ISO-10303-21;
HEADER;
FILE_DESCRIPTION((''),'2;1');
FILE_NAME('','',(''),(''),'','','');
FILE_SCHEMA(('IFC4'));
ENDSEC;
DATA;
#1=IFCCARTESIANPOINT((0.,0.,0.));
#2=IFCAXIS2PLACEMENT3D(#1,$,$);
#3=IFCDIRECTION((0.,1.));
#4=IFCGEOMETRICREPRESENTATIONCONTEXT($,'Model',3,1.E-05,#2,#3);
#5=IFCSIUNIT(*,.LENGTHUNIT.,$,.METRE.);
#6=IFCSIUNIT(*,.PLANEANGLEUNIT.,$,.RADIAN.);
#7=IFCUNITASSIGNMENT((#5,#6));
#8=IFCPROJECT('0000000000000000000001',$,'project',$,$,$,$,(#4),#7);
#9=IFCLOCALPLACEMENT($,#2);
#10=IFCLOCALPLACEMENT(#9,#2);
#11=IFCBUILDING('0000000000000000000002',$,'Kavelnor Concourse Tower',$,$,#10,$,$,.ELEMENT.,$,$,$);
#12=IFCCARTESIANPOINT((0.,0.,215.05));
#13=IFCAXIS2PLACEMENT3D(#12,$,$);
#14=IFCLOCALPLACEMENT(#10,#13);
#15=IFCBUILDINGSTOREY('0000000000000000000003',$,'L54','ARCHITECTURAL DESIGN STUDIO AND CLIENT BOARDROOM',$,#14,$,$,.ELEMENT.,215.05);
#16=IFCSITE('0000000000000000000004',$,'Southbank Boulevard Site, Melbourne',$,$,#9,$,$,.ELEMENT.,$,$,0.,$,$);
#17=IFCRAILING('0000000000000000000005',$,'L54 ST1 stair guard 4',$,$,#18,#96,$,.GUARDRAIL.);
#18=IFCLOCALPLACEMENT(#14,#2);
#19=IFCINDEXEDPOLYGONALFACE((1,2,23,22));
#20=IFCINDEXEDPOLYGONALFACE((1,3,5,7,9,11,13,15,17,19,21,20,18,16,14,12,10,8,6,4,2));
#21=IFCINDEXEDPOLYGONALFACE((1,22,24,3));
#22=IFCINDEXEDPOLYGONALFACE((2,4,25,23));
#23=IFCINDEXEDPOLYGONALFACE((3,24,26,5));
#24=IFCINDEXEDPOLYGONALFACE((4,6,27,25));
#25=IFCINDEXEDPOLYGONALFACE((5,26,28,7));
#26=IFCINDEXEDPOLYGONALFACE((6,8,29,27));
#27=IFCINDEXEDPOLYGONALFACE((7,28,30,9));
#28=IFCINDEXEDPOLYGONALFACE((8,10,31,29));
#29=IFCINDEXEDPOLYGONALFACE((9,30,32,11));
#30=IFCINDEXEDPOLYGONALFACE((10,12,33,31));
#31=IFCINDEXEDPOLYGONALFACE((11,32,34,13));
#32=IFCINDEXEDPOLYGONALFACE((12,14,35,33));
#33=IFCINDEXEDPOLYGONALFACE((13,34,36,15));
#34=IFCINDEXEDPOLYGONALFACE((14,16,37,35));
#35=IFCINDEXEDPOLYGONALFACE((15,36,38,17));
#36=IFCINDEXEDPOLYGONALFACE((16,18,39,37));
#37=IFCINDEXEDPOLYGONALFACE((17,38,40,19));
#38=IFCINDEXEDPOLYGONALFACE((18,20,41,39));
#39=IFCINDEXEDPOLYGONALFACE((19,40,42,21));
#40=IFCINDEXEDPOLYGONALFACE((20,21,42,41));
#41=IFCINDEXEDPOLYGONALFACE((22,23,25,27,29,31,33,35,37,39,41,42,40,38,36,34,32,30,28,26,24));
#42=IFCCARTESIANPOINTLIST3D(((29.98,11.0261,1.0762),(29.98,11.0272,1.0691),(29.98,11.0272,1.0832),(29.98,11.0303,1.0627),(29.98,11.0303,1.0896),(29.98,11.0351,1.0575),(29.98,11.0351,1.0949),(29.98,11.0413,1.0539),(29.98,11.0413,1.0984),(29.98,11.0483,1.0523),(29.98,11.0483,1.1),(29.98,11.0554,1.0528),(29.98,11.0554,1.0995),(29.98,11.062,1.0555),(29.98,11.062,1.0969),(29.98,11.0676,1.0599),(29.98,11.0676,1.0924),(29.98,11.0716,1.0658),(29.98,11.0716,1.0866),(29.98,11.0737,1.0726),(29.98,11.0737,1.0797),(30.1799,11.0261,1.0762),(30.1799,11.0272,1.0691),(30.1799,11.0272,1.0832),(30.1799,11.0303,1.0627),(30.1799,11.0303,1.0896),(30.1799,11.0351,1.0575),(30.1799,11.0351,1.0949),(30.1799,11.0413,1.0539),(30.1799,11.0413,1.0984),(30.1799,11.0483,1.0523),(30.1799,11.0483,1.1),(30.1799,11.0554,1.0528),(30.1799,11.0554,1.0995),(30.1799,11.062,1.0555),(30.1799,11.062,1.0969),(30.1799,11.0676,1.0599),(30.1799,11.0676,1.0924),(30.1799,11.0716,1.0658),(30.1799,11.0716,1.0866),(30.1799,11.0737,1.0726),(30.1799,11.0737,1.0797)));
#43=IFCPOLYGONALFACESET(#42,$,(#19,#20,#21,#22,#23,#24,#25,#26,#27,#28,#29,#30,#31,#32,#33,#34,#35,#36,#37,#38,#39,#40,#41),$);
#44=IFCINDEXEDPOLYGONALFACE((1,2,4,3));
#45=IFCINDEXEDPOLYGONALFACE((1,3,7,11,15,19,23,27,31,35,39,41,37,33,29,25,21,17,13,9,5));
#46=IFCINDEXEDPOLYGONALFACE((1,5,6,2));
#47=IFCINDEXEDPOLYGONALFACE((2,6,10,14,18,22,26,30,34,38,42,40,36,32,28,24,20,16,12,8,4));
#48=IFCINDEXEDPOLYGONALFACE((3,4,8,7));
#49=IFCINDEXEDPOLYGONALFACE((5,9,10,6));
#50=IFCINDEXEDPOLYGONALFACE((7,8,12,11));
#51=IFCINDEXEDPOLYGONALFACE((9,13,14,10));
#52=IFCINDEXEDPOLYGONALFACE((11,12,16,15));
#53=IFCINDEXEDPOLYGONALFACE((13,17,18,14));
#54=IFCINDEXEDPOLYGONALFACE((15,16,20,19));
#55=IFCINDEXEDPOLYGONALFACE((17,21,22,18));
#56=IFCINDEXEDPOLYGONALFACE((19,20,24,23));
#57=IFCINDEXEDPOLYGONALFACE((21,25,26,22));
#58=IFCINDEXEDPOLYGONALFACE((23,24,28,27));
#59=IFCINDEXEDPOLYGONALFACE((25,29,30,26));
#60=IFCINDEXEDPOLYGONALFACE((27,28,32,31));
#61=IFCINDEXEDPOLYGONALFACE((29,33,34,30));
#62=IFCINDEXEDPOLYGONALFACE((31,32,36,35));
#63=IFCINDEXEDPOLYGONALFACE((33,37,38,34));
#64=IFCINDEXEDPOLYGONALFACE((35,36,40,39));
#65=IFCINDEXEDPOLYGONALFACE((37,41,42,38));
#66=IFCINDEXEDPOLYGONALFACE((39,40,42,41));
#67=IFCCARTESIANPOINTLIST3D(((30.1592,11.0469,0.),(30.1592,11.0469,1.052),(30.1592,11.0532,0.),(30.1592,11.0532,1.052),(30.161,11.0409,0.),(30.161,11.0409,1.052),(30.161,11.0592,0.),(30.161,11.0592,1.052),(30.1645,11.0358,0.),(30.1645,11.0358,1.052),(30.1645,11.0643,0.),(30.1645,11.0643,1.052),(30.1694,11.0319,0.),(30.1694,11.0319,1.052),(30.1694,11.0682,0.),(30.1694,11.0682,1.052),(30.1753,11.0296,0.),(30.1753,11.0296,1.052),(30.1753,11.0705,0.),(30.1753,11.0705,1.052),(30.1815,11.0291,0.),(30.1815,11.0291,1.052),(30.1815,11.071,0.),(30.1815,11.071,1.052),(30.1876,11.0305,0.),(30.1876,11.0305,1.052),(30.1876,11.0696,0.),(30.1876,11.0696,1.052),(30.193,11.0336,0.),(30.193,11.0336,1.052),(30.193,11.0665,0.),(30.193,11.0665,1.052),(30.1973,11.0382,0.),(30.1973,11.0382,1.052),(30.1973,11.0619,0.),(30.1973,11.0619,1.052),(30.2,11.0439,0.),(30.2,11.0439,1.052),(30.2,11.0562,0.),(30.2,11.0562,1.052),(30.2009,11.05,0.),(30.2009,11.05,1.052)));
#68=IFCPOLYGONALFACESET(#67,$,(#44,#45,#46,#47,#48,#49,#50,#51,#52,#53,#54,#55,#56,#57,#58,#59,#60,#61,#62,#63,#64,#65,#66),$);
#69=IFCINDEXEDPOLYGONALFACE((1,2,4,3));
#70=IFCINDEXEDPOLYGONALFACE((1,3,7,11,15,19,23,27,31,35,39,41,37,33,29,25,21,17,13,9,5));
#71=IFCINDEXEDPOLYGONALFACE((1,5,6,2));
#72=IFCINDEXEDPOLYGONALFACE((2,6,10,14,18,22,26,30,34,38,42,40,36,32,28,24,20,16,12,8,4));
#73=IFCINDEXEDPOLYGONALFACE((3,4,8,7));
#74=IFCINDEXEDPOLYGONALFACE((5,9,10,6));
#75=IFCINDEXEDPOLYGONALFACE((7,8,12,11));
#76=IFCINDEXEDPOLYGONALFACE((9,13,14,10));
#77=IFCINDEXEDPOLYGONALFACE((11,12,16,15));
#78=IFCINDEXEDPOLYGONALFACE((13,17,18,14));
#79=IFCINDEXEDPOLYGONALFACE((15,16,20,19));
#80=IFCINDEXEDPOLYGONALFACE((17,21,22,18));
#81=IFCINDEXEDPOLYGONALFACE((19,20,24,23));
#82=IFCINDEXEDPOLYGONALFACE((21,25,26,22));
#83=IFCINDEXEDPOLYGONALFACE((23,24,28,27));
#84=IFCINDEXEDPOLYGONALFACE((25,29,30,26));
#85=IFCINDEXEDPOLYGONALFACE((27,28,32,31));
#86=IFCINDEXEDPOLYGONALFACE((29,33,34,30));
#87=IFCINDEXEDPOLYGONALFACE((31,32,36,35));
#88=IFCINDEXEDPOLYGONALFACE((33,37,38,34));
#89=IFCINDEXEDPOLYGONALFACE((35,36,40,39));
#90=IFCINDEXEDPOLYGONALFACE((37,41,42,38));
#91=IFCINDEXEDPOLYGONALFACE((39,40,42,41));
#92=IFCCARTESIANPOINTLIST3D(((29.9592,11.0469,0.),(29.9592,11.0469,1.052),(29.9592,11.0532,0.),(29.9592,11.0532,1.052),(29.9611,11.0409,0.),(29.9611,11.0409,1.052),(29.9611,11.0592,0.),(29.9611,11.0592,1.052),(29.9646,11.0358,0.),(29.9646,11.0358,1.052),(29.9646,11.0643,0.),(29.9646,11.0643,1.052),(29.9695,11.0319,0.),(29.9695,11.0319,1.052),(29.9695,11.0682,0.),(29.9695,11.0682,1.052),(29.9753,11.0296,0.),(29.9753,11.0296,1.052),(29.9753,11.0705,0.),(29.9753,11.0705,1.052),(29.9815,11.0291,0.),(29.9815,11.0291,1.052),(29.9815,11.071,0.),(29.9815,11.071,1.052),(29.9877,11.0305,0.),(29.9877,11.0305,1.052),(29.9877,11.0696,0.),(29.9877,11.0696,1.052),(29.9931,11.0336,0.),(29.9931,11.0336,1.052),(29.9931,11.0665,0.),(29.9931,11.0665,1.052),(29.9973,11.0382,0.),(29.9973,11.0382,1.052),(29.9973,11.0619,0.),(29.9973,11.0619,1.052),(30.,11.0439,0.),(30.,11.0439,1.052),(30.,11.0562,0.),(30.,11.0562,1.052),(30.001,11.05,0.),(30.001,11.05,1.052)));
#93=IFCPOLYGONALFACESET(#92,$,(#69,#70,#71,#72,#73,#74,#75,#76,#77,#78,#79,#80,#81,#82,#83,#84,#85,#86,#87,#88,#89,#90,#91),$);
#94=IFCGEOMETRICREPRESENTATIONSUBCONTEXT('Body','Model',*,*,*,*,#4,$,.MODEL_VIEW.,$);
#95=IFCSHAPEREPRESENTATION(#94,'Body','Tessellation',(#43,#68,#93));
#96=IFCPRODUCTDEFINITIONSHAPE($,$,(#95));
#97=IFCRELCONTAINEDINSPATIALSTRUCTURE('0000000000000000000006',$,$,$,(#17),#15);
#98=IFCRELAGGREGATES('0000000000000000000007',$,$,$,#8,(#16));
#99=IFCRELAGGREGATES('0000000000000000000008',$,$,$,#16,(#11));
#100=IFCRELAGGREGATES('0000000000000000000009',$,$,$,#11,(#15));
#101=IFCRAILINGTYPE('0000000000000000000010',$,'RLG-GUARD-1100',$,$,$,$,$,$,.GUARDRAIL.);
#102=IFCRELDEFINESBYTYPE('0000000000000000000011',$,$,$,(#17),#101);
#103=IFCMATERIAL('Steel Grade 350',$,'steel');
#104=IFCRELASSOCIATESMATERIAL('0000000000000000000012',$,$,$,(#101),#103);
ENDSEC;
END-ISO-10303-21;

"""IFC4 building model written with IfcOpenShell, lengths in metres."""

from ifc_helpers import new_model, si_unit, direction, frame, origin, origin_2d, place, context, subcontext, project, spatial, circle, extrude, material, type_object, element, save


model = new_model("IFC4")

# Units and contexts
model_context = context("Model", 3, precision=1e-05, world=origin(), true_north=direction((0.0, 1.0)))
body_context = subcontext(model_context, "Body", "Model", "MODEL_VIEW")
ifc_project = project(units=[si_unit("LENGTHUNIT", "METRE"), si_unit("PLANEANGLEUNIT", "RADIAN")], contexts=[model_context])

# Site, building, storey
site_placement = place(None, origin())
site = spatial("IfcSite", under=ifc_project, at=site_placement, Name="Southbank Boulevard Site, Melbourne", CompositionType="ELEMENT", RefElevation=0.0)
building_placement = place(site_placement, origin())
building = spatial("IfcBuilding", under=site, at=building_placement, Name="Kavelnor Concourse Tower", CompositionType="ELEMENT")
storey_placement = place(building_placement, frame((0.0, 0.0, 215.05)))
storey = spatial("IfcBuildingStorey", under=building, at=storey_placement, Name="L54", Description="ARCHITECTURAL DESIGN STUDIO AND CLIENT BOARDROOM", CompositionType="ELEMENT", Elevation=215.05)

# Shared definitions
ifc_material_1 = material(Name="Steel Grade 350", Category="steel")

# Railing
railing_type_1 = type_object("IfcRailingType", Name="RLG-GUARD-1100", PredefinedType="GUARDRAIL", material=ifc_material_1)
railing_1_placement = place(storey_placement, frame((30.1799, 11.05, 0.0)))
element("IfcRailing", 1, at=railing_1_placement, inside=storey, type_object=railing_type_1, Name="L54 ST1 stair guard 4", PredefinedType="GUARDRAIL", context=body_context, shape_type="SweptSolid", body=[
    extrude(circle(Radius=0.0239, at=origin_2d()), frame((0.0, 0.0, 1.0762), z_axis=(-1.0, 0.0, 0.0), x_axis=(0.0, -1.0, 0.0)), (0.0, 0.0, 1.0), 0.2),
    extrude(circle(Radius=0.021, at=origin_2d()), origin(), (0.0, 0.0, 1.0), 1.052),
    extrude(circle(Radius=0.021, at=origin_2d()), frame((-0.2, 0.0, 0.0)), (0.0, 0.0, 1.0), 1.052),
])

save(model, "model.ifc")
